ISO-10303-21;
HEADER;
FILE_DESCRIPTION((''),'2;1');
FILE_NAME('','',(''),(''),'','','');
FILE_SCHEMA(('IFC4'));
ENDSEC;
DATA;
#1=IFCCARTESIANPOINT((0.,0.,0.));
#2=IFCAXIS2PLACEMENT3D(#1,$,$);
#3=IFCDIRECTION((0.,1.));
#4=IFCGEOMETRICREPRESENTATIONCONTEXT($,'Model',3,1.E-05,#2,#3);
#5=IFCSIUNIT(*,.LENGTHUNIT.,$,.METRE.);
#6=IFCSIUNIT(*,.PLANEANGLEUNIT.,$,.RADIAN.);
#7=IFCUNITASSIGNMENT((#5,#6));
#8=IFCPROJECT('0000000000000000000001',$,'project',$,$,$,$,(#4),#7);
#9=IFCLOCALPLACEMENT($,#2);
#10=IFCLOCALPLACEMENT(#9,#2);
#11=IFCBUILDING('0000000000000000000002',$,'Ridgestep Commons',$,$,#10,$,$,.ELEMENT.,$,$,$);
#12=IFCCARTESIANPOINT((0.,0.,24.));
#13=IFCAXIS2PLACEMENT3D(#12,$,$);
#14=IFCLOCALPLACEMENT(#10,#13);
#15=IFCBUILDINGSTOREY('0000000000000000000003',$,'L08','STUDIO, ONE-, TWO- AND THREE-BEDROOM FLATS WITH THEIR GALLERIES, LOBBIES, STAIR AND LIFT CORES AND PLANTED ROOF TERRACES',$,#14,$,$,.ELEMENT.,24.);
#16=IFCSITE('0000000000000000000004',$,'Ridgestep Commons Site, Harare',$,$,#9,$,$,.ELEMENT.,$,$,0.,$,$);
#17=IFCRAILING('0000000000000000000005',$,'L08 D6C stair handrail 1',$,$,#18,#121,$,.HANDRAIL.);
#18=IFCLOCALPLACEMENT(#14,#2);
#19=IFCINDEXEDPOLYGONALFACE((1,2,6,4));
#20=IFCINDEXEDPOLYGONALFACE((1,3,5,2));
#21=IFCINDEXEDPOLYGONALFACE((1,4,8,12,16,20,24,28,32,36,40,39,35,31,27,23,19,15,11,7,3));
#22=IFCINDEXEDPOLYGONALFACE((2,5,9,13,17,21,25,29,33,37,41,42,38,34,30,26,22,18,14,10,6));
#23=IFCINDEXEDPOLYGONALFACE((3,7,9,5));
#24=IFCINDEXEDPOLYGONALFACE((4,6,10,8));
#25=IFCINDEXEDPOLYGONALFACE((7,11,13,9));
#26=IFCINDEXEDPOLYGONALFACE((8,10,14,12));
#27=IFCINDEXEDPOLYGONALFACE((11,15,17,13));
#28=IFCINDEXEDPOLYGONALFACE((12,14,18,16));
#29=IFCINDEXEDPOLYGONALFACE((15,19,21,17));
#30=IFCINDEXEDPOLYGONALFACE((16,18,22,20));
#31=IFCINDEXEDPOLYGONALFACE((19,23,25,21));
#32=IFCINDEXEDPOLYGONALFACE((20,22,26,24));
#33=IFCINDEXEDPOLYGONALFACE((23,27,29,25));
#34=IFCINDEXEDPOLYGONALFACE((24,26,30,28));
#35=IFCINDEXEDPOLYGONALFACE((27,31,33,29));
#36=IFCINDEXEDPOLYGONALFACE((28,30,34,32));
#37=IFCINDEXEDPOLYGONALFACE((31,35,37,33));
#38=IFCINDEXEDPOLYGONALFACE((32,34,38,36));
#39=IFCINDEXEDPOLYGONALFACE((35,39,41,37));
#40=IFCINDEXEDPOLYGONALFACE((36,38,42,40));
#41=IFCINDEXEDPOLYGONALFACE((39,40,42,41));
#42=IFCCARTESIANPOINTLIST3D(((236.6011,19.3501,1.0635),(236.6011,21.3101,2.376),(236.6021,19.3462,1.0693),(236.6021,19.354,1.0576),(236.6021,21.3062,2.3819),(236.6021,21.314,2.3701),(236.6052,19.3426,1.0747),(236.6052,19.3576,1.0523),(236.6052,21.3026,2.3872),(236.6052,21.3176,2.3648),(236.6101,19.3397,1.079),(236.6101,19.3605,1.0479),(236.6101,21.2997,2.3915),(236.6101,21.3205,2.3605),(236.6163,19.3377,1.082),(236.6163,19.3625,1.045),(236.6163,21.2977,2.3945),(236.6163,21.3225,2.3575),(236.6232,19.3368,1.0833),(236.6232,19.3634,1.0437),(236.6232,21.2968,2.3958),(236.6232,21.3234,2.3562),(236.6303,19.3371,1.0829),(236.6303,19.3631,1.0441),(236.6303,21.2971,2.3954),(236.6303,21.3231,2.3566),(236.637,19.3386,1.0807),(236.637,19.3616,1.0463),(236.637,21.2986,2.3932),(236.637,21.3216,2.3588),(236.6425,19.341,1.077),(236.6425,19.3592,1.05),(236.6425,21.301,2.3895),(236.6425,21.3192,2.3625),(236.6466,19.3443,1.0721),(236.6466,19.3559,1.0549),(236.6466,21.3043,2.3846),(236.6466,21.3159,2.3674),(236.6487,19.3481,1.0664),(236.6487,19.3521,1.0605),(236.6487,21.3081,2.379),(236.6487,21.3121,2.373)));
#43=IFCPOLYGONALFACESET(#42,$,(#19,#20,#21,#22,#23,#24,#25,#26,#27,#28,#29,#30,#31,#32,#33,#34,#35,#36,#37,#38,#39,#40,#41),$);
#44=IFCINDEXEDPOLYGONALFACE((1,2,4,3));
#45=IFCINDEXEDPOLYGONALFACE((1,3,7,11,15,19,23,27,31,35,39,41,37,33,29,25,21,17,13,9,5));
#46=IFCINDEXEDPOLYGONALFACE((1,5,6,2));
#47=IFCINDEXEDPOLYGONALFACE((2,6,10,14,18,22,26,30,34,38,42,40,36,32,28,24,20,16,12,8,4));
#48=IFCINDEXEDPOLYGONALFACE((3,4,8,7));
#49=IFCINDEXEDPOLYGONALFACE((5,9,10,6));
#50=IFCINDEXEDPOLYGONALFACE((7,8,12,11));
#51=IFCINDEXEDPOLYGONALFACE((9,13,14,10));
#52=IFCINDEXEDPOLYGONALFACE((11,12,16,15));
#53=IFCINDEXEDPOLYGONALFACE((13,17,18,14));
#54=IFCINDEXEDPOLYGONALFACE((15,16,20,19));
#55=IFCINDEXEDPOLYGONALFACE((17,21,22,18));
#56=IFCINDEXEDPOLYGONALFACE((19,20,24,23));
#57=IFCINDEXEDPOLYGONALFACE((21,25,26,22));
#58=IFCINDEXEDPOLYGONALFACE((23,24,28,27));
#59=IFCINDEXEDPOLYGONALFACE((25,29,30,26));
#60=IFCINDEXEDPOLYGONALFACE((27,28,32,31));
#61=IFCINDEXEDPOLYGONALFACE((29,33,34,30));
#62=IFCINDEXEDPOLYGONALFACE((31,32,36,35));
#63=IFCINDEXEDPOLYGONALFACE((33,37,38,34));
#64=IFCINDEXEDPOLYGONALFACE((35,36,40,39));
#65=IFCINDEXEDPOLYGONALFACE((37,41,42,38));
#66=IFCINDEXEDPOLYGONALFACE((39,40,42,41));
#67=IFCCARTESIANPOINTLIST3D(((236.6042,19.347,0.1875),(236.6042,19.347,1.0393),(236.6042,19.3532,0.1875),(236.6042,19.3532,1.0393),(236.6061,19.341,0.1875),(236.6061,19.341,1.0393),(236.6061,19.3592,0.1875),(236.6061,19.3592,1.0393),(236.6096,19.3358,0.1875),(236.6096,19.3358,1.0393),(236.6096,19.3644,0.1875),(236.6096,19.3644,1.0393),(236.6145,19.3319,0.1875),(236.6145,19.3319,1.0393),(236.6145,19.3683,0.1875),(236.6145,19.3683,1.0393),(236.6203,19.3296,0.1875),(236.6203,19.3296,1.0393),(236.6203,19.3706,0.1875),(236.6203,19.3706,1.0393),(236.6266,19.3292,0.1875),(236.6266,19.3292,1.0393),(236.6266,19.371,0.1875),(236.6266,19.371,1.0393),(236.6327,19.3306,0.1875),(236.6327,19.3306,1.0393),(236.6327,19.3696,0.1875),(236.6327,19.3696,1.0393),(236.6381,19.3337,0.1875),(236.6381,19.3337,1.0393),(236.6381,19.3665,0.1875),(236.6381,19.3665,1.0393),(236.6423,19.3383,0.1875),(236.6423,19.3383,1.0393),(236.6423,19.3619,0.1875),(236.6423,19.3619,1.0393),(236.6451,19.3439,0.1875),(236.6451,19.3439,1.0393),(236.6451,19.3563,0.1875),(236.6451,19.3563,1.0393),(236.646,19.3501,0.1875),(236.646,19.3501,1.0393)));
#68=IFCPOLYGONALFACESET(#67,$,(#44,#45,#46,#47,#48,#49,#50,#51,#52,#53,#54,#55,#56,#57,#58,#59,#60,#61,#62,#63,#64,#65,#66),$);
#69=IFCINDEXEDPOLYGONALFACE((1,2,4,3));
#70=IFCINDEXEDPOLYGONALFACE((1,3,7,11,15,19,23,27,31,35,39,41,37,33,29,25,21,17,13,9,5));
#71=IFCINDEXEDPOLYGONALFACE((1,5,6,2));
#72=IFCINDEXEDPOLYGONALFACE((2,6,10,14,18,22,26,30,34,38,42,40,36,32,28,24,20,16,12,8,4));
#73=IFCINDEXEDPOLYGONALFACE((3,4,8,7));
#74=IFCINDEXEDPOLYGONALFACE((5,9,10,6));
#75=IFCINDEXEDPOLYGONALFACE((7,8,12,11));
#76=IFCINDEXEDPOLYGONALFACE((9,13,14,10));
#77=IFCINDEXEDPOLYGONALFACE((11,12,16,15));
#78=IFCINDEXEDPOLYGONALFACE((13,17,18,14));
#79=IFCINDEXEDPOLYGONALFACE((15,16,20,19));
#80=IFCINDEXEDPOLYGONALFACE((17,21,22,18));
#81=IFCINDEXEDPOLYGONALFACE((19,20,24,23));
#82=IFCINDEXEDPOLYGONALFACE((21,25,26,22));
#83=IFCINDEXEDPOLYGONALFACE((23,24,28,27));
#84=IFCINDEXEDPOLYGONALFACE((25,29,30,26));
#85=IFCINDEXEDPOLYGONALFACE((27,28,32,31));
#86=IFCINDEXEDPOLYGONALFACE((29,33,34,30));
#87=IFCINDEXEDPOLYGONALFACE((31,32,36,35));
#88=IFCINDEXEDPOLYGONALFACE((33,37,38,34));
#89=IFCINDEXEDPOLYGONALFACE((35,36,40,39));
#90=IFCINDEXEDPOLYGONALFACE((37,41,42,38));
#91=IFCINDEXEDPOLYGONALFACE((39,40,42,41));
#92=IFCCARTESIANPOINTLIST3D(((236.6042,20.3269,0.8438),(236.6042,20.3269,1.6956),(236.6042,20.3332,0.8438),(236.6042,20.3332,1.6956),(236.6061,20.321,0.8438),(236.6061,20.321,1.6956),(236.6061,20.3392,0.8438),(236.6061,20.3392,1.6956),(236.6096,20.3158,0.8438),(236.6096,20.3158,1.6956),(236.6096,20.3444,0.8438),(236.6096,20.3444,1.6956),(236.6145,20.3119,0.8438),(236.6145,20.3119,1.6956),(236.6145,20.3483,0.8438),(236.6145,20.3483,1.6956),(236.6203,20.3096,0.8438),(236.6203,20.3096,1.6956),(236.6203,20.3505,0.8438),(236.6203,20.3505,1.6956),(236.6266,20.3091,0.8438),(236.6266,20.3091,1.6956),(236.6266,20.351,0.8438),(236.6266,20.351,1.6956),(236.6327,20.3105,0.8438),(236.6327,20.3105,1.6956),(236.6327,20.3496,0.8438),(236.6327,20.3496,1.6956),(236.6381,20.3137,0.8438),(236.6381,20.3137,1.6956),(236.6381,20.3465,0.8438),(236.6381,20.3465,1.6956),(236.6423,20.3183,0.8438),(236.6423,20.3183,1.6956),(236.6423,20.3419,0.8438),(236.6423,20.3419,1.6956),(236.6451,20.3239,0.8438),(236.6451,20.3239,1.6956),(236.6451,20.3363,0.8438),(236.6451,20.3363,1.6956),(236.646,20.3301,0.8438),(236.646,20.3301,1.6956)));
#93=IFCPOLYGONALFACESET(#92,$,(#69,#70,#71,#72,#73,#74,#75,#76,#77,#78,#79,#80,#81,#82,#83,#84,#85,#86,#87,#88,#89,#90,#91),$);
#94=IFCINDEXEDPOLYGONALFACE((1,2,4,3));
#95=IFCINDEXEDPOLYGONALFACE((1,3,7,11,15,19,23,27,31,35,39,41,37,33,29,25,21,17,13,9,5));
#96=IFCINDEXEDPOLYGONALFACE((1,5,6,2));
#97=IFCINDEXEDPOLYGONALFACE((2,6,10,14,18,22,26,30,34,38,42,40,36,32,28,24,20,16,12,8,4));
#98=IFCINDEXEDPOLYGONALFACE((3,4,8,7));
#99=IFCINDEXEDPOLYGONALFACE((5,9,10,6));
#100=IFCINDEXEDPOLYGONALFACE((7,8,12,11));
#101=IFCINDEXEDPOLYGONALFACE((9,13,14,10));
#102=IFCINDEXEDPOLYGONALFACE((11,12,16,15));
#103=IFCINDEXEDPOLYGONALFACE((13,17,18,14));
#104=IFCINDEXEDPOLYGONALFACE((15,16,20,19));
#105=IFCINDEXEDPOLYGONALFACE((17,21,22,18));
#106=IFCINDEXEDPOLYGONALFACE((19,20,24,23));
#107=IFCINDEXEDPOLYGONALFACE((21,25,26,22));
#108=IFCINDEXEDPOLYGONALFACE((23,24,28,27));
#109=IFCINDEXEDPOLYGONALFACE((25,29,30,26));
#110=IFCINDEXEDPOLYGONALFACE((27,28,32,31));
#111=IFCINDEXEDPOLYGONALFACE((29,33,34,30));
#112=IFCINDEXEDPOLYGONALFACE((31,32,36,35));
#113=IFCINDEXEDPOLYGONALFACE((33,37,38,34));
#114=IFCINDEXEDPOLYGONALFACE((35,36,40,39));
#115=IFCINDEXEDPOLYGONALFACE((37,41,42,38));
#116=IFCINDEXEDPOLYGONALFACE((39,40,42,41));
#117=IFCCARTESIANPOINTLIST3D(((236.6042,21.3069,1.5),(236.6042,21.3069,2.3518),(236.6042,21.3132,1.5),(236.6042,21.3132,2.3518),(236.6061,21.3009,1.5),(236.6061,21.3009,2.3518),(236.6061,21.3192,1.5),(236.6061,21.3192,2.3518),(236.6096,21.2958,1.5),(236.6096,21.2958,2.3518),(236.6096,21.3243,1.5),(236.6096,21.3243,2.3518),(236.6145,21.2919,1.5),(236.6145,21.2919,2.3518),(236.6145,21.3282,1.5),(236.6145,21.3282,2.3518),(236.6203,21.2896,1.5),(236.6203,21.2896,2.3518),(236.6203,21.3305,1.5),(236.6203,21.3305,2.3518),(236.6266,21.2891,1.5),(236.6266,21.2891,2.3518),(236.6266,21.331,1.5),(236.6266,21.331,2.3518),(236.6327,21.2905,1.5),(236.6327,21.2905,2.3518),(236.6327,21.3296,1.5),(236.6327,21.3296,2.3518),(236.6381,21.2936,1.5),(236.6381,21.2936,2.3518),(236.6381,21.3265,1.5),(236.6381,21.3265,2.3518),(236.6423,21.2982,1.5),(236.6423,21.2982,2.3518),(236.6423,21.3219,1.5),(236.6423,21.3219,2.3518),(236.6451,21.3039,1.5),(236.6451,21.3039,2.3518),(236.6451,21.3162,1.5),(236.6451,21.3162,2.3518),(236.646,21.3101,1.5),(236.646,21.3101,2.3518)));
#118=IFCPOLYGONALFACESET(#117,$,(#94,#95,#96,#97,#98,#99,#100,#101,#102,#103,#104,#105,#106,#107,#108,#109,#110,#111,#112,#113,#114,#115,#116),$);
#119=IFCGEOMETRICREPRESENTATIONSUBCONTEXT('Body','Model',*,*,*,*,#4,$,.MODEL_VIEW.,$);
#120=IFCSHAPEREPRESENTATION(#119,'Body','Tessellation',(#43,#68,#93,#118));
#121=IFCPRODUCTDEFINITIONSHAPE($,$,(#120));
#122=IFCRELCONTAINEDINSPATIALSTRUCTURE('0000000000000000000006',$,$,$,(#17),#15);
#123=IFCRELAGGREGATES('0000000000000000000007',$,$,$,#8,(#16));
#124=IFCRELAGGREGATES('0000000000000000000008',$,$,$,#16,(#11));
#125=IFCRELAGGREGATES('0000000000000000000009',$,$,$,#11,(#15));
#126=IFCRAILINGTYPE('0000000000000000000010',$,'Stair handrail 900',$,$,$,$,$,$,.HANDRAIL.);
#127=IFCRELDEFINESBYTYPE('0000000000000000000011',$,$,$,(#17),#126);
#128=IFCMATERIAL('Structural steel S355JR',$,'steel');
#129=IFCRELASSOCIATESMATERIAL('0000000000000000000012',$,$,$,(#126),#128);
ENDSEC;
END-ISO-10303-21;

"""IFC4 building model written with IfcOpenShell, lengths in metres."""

from ifc_helpers import new_model, si_unit, direction, frame, origin, origin_2d, place, context, subcontext, project, spatial, circle, extrude, material, type_object, element, save


model = new_model("IFC4")

# Units and contexts
model_context = context("Model", 3, precision=1e-05, world=origin(), true_north=direction((0.0, 1.0)))
body_context = subcontext(model_context, "Body", "Model", "MODEL_VIEW")
ifc_project = project(units=[si_unit("LENGTHUNIT", "METRE"), si_unit("PLANEANGLEUNIT", "RADIAN")], contexts=[model_context])

# Site, building, storey
site_placement = place(None, origin())
site = spatial("IfcSite", under=ifc_project, at=site_placement, Name="Ridgestep Commons Site, Harare", CompositionType="ELEMENT", RefElevation=0.0)
building_placement = place(site_placement, origin())
building = spatial("IfcBuilding", under=site, at=building_placement, Name="Ridgestep Commons", CompositionType="ELEMENT")
storey_placement = place(building_placement, frame((0.0, 0.0, 24.0)))
storey = spatial("IfcBuildingStorey", under=building, at=storey_placement, Name="L08", Description="STUDIO, ONE-, TWO- AND THREE-BEDROOM FLATS WITH THEIR GALLERIES, LOBBIES, STAIR AND LIFT CORES AND PLANTED ROOF TERRACES", CompositionType="ELEMENT", Elevation=24.0)

# Railing
ifc_material_1 = material(Name="Structural steel S355JR", Category="steel")
railing_type_1 = type_object("IfcRailingType", Name="Stair handrail 900", PredefinedType="HANDRAIL", material=ifc_material_1)
railing_1_placement = place(storey_placement, frame((236.625, 19.3501, 0.1875)))
element("IfcRailing", 1, at=railing_1_placement, inside=storey, type_object=railing_type_1, Name="L08 D6C stair handrail 1", PredefinedType="HANDRAIL", context=body_context, shape_type="SweptSolid", body=[
    extrude(circle(Radius=0.0239, at=origin_2d()), frame((0.0, 0.0, 0.876), z_axis=(0.0, 0.830902, 0.556419), x_axis=(-1.0, 0.0, 0.0)), (0.0, 0.0, 1.0), 2.3589),
    extrude(circle(Radius=0.021, at=origin_2d()), origin(), (0.0, 0.0, 1.0), 0.8518),
    extrude(circle(Radius=0.021, at=origin_2d()), frame((0.0, 0.98, 0.6562)), (0.0, 0.0, 1.0), 0.8518),
    extrude(circle(Radius=0.021, at=origin_2d()), frame((0.0, 1.96, 1.3125)), (0.0, 0.0, 1.0), 0.8518),
])

save(model, "model.ifc")
